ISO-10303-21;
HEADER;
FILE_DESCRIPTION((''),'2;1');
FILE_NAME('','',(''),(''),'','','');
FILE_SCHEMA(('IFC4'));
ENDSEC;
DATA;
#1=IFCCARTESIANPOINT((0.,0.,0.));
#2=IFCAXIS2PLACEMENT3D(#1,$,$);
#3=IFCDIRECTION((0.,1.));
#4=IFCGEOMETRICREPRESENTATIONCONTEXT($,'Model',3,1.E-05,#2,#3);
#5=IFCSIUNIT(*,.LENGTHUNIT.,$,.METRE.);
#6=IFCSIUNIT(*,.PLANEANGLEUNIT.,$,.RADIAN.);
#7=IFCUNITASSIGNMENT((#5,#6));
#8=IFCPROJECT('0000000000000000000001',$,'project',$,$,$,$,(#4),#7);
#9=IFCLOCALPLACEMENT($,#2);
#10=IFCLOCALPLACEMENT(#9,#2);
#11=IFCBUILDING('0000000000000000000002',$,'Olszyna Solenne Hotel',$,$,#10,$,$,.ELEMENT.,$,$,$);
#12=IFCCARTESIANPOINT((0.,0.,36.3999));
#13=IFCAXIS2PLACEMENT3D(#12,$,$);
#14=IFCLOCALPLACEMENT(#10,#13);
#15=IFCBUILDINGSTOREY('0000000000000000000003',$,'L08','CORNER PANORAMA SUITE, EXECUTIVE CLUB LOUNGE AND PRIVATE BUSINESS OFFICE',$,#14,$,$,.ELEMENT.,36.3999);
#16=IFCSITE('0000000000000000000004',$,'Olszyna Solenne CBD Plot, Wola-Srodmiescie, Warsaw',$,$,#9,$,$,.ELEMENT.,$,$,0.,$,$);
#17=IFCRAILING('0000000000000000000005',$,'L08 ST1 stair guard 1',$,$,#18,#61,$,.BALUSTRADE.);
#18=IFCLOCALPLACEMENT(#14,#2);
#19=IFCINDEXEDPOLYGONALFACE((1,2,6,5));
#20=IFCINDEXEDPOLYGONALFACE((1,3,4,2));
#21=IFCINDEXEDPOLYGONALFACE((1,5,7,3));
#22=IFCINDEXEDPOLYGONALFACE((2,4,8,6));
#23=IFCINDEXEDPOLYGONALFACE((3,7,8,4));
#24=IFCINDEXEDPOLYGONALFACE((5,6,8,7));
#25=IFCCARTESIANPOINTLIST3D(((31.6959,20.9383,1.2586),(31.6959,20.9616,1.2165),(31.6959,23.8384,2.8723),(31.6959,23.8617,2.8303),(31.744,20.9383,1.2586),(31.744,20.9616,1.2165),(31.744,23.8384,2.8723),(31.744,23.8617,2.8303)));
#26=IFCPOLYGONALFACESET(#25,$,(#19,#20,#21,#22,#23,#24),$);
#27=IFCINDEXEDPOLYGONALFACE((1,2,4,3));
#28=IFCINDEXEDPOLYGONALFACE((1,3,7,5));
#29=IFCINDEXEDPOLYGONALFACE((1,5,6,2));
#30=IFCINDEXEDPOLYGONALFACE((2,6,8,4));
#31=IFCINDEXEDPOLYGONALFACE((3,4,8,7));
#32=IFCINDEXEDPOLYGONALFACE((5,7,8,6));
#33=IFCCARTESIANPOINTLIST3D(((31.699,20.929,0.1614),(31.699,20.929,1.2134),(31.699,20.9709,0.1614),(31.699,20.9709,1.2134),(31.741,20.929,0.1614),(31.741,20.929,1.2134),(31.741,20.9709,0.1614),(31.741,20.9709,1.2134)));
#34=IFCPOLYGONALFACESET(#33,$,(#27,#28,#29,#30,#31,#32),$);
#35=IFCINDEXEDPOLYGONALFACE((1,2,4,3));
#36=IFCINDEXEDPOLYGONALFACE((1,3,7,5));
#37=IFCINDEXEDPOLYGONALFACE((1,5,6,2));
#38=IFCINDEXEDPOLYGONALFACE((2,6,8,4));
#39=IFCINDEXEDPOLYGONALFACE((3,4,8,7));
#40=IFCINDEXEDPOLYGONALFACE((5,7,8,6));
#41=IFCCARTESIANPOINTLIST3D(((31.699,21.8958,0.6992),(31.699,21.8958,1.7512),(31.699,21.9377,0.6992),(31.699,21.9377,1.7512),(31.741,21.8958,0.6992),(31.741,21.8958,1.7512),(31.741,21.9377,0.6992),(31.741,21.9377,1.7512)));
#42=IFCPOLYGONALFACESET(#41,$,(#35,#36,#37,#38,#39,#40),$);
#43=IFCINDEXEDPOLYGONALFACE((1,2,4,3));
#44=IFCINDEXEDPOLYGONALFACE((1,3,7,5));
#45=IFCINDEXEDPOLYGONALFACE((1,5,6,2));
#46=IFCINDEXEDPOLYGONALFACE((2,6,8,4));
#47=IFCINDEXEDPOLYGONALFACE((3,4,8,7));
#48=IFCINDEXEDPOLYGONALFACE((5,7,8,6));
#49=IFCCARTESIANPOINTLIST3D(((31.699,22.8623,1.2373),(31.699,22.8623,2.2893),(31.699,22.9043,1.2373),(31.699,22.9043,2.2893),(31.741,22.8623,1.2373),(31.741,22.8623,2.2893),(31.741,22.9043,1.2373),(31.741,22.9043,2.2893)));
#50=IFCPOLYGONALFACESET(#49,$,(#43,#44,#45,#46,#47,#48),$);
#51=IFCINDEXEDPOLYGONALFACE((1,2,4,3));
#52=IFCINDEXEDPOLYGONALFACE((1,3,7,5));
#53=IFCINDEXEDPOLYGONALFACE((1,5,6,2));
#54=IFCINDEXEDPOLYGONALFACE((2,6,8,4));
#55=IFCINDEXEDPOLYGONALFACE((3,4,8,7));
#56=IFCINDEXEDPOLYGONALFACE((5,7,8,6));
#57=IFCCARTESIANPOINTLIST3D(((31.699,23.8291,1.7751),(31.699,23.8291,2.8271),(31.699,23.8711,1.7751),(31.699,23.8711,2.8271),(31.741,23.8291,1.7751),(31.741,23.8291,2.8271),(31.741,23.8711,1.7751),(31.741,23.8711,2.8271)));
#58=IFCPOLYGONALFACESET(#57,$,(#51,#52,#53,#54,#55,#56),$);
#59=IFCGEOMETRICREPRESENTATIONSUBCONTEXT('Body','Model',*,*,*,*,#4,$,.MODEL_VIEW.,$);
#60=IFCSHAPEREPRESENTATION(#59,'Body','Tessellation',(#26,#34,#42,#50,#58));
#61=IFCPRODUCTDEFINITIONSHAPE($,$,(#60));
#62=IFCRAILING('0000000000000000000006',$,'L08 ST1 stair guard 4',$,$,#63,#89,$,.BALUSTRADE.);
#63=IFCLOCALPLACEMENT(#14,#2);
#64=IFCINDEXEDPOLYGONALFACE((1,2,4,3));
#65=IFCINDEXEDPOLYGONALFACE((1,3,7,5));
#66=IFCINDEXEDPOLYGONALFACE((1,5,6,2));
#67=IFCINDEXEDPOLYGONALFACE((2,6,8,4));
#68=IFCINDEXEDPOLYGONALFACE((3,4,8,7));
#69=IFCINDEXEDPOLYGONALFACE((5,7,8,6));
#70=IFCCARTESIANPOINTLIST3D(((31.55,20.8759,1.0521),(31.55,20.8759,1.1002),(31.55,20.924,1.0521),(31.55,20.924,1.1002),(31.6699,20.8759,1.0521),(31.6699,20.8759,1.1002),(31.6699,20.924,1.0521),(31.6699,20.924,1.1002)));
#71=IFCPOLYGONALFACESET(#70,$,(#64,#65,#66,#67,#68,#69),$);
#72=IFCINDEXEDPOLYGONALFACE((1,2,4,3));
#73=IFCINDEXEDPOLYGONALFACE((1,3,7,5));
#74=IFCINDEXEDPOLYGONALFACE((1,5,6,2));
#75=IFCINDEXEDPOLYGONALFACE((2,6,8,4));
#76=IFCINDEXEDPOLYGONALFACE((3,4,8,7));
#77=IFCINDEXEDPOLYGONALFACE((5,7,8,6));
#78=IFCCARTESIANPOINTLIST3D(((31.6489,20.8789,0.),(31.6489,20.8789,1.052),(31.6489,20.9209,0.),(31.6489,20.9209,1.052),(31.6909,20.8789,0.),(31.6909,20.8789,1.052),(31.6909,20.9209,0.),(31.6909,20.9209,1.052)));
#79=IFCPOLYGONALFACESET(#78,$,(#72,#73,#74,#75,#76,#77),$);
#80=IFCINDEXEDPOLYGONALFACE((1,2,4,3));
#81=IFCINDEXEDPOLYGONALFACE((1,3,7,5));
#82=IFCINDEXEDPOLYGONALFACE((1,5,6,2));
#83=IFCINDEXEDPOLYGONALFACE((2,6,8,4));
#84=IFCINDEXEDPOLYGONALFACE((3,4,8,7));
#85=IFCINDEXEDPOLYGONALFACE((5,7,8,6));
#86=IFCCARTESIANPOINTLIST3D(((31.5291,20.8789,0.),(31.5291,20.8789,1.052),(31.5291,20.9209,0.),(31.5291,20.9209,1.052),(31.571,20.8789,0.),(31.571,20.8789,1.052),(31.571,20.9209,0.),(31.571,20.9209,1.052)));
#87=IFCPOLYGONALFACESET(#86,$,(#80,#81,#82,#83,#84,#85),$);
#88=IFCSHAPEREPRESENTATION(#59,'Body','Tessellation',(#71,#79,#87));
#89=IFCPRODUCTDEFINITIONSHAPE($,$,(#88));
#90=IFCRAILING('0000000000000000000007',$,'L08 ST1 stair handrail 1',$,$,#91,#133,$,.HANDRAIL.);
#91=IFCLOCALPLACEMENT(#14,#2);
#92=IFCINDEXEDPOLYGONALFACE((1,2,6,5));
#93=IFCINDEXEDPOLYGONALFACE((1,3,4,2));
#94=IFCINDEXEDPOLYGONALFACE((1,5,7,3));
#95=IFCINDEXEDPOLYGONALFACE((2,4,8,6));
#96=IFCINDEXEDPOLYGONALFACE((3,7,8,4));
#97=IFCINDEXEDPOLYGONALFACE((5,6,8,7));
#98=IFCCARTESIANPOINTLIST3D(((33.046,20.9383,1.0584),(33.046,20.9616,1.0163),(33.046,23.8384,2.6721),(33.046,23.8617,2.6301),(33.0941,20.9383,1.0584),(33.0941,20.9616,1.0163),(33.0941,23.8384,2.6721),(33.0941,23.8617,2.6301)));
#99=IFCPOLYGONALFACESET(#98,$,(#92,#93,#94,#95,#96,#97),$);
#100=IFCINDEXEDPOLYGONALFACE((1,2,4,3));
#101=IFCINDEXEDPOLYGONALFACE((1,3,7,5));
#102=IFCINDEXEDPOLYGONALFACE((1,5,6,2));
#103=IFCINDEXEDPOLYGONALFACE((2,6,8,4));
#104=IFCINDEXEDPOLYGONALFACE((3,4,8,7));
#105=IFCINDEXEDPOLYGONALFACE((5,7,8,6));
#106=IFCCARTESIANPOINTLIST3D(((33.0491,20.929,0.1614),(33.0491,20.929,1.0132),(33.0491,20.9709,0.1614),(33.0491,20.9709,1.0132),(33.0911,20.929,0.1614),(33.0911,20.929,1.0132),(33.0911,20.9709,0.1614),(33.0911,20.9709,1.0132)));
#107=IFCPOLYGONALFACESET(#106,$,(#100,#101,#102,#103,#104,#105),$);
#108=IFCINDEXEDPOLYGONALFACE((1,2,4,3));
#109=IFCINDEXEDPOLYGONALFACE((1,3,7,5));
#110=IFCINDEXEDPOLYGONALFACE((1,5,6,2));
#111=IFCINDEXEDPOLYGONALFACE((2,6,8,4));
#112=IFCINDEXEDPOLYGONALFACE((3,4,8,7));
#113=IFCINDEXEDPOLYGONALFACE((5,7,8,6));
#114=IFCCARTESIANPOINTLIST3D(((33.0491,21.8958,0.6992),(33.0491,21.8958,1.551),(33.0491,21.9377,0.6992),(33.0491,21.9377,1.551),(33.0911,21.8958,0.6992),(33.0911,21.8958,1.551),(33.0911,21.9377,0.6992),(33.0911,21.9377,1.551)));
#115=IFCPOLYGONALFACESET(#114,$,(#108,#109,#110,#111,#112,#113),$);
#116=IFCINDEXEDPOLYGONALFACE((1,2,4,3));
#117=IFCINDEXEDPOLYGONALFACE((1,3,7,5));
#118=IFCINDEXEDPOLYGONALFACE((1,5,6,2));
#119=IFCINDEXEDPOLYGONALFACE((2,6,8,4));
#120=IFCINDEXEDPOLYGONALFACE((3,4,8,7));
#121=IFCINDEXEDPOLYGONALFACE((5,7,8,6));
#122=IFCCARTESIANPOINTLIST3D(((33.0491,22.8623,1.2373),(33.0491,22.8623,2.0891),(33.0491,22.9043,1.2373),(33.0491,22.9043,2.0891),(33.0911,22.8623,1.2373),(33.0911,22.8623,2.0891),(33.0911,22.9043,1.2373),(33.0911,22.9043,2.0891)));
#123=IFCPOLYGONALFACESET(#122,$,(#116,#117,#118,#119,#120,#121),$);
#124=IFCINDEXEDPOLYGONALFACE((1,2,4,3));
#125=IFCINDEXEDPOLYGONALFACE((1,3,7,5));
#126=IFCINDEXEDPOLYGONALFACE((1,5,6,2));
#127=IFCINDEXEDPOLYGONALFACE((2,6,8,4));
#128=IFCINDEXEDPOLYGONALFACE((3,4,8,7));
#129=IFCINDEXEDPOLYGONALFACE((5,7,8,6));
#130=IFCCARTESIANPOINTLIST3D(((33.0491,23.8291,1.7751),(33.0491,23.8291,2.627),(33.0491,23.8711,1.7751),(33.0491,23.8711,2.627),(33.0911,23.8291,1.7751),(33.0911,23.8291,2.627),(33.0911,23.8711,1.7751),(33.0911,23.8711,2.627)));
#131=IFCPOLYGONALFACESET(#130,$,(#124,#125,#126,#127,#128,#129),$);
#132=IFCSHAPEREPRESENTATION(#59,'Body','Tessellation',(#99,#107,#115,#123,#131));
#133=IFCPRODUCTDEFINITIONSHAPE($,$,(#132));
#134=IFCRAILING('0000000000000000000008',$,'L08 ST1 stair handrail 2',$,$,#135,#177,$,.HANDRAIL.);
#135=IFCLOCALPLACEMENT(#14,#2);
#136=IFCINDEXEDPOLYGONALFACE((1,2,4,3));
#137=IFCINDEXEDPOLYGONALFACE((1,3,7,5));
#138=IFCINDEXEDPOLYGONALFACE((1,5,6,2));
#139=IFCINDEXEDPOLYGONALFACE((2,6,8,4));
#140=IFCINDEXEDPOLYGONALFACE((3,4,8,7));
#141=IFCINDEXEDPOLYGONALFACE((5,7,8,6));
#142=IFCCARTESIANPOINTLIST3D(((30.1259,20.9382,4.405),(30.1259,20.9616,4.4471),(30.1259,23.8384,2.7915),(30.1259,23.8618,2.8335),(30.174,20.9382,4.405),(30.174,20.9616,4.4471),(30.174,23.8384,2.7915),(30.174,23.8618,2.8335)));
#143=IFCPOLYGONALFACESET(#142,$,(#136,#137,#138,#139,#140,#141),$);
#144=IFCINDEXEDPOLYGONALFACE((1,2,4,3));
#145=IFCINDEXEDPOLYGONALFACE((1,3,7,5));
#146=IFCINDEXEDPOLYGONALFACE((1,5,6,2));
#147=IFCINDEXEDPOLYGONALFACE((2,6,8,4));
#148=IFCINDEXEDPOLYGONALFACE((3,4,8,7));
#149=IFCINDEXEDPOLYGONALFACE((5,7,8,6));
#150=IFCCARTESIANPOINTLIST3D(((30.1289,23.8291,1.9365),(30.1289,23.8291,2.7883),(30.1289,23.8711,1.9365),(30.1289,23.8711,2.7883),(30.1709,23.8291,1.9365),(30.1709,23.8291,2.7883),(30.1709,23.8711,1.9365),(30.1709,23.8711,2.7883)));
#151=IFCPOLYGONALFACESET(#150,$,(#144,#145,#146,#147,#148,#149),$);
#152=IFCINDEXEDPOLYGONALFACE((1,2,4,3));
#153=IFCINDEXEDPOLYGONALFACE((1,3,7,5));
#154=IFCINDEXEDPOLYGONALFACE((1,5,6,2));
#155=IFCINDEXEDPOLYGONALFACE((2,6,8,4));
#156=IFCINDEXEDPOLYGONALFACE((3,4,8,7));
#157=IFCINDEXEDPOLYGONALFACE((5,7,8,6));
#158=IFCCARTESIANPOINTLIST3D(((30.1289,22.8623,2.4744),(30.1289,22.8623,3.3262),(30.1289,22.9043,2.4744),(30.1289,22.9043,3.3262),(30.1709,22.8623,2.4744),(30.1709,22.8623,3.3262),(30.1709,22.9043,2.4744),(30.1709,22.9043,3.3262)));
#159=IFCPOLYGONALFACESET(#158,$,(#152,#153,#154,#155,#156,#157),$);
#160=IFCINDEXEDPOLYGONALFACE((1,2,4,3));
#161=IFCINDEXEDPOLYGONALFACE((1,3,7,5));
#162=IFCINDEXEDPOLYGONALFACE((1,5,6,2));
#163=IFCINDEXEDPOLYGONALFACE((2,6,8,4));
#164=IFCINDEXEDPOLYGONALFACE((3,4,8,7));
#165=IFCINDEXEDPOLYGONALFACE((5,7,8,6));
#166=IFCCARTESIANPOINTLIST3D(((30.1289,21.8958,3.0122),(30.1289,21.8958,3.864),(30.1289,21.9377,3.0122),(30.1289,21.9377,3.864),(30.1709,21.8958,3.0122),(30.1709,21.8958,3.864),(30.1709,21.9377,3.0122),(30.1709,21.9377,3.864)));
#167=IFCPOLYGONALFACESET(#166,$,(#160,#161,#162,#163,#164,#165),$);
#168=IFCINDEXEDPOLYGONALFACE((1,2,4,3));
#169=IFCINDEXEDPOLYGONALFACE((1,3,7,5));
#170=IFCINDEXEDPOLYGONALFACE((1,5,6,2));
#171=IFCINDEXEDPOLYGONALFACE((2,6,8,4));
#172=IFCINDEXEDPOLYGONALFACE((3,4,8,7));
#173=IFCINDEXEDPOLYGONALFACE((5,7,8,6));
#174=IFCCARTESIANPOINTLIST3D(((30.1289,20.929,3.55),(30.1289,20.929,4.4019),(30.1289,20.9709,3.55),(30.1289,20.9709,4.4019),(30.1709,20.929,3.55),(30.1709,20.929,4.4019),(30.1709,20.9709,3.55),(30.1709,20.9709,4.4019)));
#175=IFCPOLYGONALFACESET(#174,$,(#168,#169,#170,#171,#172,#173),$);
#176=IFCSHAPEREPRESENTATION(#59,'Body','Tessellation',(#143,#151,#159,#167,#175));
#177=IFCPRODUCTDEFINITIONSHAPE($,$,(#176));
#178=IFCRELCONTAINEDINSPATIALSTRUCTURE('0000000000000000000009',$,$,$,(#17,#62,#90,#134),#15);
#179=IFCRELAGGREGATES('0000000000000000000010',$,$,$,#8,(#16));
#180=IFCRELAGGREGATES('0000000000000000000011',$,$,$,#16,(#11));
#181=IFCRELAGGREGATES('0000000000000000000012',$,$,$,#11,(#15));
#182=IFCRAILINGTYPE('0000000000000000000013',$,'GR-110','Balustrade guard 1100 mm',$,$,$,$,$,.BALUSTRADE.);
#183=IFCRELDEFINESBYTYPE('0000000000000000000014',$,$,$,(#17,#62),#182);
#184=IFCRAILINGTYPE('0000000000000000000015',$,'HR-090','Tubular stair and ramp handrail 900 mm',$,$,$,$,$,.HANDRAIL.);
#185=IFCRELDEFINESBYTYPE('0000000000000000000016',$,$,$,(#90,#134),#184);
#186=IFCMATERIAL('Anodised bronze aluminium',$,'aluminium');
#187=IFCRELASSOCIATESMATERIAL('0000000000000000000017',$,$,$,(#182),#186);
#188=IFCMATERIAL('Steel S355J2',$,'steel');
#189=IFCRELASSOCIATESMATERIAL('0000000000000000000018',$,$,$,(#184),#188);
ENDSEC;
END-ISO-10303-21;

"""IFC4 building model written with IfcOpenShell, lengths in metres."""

from ifc_helpers import new_model, si_unit, direction, frame, origin, origin_2d, place, context, subcontext, project, spatial, rectangle, extrude, material, type_object, element, save


model = new_model("IFC4")

# Units and contexts
model_context = context("Model", 3, precision=1e-05, world=origin(), true_north=direction((0.0, 1.0)))
body_context = subcontext(model_context, "Body", "Model", "MODEL_VIEW")
ifc_project = project(units=[si_unit("LENGTHUNIT", "METRE"), si_unit("PLANEANGLEUNIT", "RADIAN")], contexts=[model_context])

# Site, building, storey
site_placement = place(None, origin())
site = spatial("IfcSite", under=ifc_project, at=site_placement, Name="Olszyna Solenne CBD Plot, Wola-Srodmiescie, Warsaw", CompositionType="ELEMENT", RefElevation=0.0)
building_placement = place(site_placement, origin())
building = spatial("IfcBuilding", under=site, at=building_placement, Name="Olszyna Solenne Hotel", CompositionType="ELEMENT")
storey_placement = place(building_placement, frame((0.0, 0.0, 36.3999)))
storey = spatial("IfcBuildingStorey", under=building, at=storey_placement, Name="L08", Description="CORNER PANORAMA SUITE, EXECUTIVE CLUB LOUNGE AND PRIVATE BUSINESS OFFICE", CompositionType="ELEMENT", Elevation=36.3999)

# Shared definitions
ifc_material_1 = material(Name="Steel S355J2", Category="steel")

# Shared definitions
ifc_material_2 = material(Name="Anodised bronze aluminium", Category="aluminium")

# Railings
railing_type_1 = type_object("IfcRailingType", Name="GR-110", Description="Balustrade guard 1100 mm", PredefinedType="BALUSTRADE", material=ifc_material_2)
railing_1_placement = place(storey_placement, frame((31.72, 20.95, 0.1614)))
element("IfcRailing", 1, at=railing_1_placement, inside=storey, type_object=railing_type_1, Name="L08 ST1 stair guard 1", PredefinedType="BALUSTRADE", context=body_context, shape_type="SweptSolid", body=[
    extrude(rectangle(XDim=0.0481, YDim=0.0481, at=origin_2d()), frame((0.0, 0.0, 1.0762), z_axis=(0.0, 0.873827, 0.486236), x_axis=(-1.0, 0.0, 0.0)), (0.0, 0.0, 1.0), 3.3188),
    extrude(rectangle(XDim=0.042, YDim=0.042, at=origin_2d()), origin(), (0.0, 0.0, 1.0), 1.052),
    extrude(rectangle(XDim=0.042, YDim=0.042, at=origin_2d()), frame((0.0, 0.9668, 0.5378)), (0.0, 0.0, 1.0), 1.052),
    extrude(rectangle(XDim=0.042, YDim=0.042, at=origin_2d()), frame((0.0, 1.9333, 1.0759)), (0.0, 0.0, 1.0), 1.052),
    extrude(rectangle(XDim=0.042, YDim=0.042, at=origin_2d()), frame((0.0, 2.9001, 1.6138)), (0.0, 0.0, 1.0), 1.052),
])
railing_2_placement = place(storey_placement, frame((31.6699, 20.8999, 0.0)))
element("IfcRailing", 2, at=railing_2_placement, inside=storey, type_object=railing_type_1, Name="L08 ST1 stair guard 4", PredefinedType="BALUSTRADE", context=body_context, shape_type="SweptSolid", body=[
    extrude(rectangle(XDim=0.0481, YDim=0.0481, at=origin_2d()), frame((0.0, 0.0, 1.0762), z_axis=(-1.0, 0.0, 0.0), x_axis=(0.0, -1.0, 0.0)), (0.0, 0.0, 1.0), 0.1199),
    extrude(rectangle(XDim=0.042, YDim=0.042, at=origin_2d()), origin(), (0.0, 0.0, 1.0), 1.052),
    extrude(rectangle(XDim=0.042, YDim=0.042, at=origin_2d()), frame((-0.1199, 0.0, 0.0)), (0.0, 0.0, 1.0), 1.052),
])
railing_type_2 = type_object("IfcRailingType", Name="HR-090", Description="Tubular stair and ramp handrail 900 mm", PredefinedType="HANDRAIL", material=ifc_material_1)
railing_3_placement = place(storey_placement, frame((33.0701, 20.95, 0.1614)))
element("IfcRailing", 3, at=railing_3_placement, inside=storey, type_object=railing_type_2, Name="L08 ST1 stair handrail 1", PredefinedType="HANDRAIL", context=body_context, shape_type="SweptSolid", body=[
    extrude(rectangle(XDim=0.0481, YDim=0.0481, at=origin_2d()), frame((0.0, 0.0, 0.876), z_axis=(0.0, 0.873827, 0.486236), x_axis=(-1.0, 0.0, 0.0)), (0.0, 0.0, 1.0), 3.3188),
    extrude(rectangle(XDim=0.042, YDim=0.042, at=origin_2d()), origin(), (0.0, 0.0, 1.0), 0.8518),
    extrude(rectangle(XDim=0.042, YDim=0.042, at=origin_2d()), frame((0.0, 0.9668, 0.5378)), (0.0, 0.0, 1.0), 0.8518),
    extrude(rectangle(XDim=0.042, YDim=0.042, at=origin_2d()), frame((0.0, 1.9333, 1.0759)), (0.0, 0.0, 1.0), 0.8518),
    extrude(rectangle(XDim=0.042, YDim=0.042, at=origin_2d()), frame((0.0, 2.9001, 1.6138)), (0.0, 0.0, 1.0), 0.8518),
])
railing_4_placement = place(storey_placement, frame((30.1499, 23.8501, 1.9365)))
element("IfcRailing", 4, at=railing_4_placement, inside=storey, type_object=railing_type_2, Name="L08 ST1 stair handrail 2", PredefinedType="HANDRAIL", context=body_context, shape_type="SweptSolid", body=[
    extrude(rectangle(XDim=0.0481, YDim=0.0481, at=origin_2d()), frame((0.0, 0.0, 0.876), z_axis=(0.0, -0.873859, 0.48618), x_axis=(1.0, 0.0, 0.0)), (0.0, 0.0, 1.0), 3.3188),
    extrude(rectangle(XDim=0.042, YDim=0.042, at=origin_2d()), origin(), (0.0, 0.0, 1.0), 0.8518),
    extrude(rectangle(XDim=0.042, YDim=0.042, at=origin_2d()), frame((0.0, -0.9668, 0.5378)), (0.0, 0.0, 1.0), 0.8518),
    extrude(rectangle(XDim=0.042, YDim=0.042, at=origin_2d()), frame((0.0, -1.9333, 1.0757)), (0.0, 0.0, 1.0), 0.8518),
    extrude(rectangle(XDim=0.042, YDim=0.042, at=origin_2d()), frame((0.0, -2.9001, 1.6135)), (0.0, 0.0, 1.0), 0.8518),
])

save(model, "model.ifc")
